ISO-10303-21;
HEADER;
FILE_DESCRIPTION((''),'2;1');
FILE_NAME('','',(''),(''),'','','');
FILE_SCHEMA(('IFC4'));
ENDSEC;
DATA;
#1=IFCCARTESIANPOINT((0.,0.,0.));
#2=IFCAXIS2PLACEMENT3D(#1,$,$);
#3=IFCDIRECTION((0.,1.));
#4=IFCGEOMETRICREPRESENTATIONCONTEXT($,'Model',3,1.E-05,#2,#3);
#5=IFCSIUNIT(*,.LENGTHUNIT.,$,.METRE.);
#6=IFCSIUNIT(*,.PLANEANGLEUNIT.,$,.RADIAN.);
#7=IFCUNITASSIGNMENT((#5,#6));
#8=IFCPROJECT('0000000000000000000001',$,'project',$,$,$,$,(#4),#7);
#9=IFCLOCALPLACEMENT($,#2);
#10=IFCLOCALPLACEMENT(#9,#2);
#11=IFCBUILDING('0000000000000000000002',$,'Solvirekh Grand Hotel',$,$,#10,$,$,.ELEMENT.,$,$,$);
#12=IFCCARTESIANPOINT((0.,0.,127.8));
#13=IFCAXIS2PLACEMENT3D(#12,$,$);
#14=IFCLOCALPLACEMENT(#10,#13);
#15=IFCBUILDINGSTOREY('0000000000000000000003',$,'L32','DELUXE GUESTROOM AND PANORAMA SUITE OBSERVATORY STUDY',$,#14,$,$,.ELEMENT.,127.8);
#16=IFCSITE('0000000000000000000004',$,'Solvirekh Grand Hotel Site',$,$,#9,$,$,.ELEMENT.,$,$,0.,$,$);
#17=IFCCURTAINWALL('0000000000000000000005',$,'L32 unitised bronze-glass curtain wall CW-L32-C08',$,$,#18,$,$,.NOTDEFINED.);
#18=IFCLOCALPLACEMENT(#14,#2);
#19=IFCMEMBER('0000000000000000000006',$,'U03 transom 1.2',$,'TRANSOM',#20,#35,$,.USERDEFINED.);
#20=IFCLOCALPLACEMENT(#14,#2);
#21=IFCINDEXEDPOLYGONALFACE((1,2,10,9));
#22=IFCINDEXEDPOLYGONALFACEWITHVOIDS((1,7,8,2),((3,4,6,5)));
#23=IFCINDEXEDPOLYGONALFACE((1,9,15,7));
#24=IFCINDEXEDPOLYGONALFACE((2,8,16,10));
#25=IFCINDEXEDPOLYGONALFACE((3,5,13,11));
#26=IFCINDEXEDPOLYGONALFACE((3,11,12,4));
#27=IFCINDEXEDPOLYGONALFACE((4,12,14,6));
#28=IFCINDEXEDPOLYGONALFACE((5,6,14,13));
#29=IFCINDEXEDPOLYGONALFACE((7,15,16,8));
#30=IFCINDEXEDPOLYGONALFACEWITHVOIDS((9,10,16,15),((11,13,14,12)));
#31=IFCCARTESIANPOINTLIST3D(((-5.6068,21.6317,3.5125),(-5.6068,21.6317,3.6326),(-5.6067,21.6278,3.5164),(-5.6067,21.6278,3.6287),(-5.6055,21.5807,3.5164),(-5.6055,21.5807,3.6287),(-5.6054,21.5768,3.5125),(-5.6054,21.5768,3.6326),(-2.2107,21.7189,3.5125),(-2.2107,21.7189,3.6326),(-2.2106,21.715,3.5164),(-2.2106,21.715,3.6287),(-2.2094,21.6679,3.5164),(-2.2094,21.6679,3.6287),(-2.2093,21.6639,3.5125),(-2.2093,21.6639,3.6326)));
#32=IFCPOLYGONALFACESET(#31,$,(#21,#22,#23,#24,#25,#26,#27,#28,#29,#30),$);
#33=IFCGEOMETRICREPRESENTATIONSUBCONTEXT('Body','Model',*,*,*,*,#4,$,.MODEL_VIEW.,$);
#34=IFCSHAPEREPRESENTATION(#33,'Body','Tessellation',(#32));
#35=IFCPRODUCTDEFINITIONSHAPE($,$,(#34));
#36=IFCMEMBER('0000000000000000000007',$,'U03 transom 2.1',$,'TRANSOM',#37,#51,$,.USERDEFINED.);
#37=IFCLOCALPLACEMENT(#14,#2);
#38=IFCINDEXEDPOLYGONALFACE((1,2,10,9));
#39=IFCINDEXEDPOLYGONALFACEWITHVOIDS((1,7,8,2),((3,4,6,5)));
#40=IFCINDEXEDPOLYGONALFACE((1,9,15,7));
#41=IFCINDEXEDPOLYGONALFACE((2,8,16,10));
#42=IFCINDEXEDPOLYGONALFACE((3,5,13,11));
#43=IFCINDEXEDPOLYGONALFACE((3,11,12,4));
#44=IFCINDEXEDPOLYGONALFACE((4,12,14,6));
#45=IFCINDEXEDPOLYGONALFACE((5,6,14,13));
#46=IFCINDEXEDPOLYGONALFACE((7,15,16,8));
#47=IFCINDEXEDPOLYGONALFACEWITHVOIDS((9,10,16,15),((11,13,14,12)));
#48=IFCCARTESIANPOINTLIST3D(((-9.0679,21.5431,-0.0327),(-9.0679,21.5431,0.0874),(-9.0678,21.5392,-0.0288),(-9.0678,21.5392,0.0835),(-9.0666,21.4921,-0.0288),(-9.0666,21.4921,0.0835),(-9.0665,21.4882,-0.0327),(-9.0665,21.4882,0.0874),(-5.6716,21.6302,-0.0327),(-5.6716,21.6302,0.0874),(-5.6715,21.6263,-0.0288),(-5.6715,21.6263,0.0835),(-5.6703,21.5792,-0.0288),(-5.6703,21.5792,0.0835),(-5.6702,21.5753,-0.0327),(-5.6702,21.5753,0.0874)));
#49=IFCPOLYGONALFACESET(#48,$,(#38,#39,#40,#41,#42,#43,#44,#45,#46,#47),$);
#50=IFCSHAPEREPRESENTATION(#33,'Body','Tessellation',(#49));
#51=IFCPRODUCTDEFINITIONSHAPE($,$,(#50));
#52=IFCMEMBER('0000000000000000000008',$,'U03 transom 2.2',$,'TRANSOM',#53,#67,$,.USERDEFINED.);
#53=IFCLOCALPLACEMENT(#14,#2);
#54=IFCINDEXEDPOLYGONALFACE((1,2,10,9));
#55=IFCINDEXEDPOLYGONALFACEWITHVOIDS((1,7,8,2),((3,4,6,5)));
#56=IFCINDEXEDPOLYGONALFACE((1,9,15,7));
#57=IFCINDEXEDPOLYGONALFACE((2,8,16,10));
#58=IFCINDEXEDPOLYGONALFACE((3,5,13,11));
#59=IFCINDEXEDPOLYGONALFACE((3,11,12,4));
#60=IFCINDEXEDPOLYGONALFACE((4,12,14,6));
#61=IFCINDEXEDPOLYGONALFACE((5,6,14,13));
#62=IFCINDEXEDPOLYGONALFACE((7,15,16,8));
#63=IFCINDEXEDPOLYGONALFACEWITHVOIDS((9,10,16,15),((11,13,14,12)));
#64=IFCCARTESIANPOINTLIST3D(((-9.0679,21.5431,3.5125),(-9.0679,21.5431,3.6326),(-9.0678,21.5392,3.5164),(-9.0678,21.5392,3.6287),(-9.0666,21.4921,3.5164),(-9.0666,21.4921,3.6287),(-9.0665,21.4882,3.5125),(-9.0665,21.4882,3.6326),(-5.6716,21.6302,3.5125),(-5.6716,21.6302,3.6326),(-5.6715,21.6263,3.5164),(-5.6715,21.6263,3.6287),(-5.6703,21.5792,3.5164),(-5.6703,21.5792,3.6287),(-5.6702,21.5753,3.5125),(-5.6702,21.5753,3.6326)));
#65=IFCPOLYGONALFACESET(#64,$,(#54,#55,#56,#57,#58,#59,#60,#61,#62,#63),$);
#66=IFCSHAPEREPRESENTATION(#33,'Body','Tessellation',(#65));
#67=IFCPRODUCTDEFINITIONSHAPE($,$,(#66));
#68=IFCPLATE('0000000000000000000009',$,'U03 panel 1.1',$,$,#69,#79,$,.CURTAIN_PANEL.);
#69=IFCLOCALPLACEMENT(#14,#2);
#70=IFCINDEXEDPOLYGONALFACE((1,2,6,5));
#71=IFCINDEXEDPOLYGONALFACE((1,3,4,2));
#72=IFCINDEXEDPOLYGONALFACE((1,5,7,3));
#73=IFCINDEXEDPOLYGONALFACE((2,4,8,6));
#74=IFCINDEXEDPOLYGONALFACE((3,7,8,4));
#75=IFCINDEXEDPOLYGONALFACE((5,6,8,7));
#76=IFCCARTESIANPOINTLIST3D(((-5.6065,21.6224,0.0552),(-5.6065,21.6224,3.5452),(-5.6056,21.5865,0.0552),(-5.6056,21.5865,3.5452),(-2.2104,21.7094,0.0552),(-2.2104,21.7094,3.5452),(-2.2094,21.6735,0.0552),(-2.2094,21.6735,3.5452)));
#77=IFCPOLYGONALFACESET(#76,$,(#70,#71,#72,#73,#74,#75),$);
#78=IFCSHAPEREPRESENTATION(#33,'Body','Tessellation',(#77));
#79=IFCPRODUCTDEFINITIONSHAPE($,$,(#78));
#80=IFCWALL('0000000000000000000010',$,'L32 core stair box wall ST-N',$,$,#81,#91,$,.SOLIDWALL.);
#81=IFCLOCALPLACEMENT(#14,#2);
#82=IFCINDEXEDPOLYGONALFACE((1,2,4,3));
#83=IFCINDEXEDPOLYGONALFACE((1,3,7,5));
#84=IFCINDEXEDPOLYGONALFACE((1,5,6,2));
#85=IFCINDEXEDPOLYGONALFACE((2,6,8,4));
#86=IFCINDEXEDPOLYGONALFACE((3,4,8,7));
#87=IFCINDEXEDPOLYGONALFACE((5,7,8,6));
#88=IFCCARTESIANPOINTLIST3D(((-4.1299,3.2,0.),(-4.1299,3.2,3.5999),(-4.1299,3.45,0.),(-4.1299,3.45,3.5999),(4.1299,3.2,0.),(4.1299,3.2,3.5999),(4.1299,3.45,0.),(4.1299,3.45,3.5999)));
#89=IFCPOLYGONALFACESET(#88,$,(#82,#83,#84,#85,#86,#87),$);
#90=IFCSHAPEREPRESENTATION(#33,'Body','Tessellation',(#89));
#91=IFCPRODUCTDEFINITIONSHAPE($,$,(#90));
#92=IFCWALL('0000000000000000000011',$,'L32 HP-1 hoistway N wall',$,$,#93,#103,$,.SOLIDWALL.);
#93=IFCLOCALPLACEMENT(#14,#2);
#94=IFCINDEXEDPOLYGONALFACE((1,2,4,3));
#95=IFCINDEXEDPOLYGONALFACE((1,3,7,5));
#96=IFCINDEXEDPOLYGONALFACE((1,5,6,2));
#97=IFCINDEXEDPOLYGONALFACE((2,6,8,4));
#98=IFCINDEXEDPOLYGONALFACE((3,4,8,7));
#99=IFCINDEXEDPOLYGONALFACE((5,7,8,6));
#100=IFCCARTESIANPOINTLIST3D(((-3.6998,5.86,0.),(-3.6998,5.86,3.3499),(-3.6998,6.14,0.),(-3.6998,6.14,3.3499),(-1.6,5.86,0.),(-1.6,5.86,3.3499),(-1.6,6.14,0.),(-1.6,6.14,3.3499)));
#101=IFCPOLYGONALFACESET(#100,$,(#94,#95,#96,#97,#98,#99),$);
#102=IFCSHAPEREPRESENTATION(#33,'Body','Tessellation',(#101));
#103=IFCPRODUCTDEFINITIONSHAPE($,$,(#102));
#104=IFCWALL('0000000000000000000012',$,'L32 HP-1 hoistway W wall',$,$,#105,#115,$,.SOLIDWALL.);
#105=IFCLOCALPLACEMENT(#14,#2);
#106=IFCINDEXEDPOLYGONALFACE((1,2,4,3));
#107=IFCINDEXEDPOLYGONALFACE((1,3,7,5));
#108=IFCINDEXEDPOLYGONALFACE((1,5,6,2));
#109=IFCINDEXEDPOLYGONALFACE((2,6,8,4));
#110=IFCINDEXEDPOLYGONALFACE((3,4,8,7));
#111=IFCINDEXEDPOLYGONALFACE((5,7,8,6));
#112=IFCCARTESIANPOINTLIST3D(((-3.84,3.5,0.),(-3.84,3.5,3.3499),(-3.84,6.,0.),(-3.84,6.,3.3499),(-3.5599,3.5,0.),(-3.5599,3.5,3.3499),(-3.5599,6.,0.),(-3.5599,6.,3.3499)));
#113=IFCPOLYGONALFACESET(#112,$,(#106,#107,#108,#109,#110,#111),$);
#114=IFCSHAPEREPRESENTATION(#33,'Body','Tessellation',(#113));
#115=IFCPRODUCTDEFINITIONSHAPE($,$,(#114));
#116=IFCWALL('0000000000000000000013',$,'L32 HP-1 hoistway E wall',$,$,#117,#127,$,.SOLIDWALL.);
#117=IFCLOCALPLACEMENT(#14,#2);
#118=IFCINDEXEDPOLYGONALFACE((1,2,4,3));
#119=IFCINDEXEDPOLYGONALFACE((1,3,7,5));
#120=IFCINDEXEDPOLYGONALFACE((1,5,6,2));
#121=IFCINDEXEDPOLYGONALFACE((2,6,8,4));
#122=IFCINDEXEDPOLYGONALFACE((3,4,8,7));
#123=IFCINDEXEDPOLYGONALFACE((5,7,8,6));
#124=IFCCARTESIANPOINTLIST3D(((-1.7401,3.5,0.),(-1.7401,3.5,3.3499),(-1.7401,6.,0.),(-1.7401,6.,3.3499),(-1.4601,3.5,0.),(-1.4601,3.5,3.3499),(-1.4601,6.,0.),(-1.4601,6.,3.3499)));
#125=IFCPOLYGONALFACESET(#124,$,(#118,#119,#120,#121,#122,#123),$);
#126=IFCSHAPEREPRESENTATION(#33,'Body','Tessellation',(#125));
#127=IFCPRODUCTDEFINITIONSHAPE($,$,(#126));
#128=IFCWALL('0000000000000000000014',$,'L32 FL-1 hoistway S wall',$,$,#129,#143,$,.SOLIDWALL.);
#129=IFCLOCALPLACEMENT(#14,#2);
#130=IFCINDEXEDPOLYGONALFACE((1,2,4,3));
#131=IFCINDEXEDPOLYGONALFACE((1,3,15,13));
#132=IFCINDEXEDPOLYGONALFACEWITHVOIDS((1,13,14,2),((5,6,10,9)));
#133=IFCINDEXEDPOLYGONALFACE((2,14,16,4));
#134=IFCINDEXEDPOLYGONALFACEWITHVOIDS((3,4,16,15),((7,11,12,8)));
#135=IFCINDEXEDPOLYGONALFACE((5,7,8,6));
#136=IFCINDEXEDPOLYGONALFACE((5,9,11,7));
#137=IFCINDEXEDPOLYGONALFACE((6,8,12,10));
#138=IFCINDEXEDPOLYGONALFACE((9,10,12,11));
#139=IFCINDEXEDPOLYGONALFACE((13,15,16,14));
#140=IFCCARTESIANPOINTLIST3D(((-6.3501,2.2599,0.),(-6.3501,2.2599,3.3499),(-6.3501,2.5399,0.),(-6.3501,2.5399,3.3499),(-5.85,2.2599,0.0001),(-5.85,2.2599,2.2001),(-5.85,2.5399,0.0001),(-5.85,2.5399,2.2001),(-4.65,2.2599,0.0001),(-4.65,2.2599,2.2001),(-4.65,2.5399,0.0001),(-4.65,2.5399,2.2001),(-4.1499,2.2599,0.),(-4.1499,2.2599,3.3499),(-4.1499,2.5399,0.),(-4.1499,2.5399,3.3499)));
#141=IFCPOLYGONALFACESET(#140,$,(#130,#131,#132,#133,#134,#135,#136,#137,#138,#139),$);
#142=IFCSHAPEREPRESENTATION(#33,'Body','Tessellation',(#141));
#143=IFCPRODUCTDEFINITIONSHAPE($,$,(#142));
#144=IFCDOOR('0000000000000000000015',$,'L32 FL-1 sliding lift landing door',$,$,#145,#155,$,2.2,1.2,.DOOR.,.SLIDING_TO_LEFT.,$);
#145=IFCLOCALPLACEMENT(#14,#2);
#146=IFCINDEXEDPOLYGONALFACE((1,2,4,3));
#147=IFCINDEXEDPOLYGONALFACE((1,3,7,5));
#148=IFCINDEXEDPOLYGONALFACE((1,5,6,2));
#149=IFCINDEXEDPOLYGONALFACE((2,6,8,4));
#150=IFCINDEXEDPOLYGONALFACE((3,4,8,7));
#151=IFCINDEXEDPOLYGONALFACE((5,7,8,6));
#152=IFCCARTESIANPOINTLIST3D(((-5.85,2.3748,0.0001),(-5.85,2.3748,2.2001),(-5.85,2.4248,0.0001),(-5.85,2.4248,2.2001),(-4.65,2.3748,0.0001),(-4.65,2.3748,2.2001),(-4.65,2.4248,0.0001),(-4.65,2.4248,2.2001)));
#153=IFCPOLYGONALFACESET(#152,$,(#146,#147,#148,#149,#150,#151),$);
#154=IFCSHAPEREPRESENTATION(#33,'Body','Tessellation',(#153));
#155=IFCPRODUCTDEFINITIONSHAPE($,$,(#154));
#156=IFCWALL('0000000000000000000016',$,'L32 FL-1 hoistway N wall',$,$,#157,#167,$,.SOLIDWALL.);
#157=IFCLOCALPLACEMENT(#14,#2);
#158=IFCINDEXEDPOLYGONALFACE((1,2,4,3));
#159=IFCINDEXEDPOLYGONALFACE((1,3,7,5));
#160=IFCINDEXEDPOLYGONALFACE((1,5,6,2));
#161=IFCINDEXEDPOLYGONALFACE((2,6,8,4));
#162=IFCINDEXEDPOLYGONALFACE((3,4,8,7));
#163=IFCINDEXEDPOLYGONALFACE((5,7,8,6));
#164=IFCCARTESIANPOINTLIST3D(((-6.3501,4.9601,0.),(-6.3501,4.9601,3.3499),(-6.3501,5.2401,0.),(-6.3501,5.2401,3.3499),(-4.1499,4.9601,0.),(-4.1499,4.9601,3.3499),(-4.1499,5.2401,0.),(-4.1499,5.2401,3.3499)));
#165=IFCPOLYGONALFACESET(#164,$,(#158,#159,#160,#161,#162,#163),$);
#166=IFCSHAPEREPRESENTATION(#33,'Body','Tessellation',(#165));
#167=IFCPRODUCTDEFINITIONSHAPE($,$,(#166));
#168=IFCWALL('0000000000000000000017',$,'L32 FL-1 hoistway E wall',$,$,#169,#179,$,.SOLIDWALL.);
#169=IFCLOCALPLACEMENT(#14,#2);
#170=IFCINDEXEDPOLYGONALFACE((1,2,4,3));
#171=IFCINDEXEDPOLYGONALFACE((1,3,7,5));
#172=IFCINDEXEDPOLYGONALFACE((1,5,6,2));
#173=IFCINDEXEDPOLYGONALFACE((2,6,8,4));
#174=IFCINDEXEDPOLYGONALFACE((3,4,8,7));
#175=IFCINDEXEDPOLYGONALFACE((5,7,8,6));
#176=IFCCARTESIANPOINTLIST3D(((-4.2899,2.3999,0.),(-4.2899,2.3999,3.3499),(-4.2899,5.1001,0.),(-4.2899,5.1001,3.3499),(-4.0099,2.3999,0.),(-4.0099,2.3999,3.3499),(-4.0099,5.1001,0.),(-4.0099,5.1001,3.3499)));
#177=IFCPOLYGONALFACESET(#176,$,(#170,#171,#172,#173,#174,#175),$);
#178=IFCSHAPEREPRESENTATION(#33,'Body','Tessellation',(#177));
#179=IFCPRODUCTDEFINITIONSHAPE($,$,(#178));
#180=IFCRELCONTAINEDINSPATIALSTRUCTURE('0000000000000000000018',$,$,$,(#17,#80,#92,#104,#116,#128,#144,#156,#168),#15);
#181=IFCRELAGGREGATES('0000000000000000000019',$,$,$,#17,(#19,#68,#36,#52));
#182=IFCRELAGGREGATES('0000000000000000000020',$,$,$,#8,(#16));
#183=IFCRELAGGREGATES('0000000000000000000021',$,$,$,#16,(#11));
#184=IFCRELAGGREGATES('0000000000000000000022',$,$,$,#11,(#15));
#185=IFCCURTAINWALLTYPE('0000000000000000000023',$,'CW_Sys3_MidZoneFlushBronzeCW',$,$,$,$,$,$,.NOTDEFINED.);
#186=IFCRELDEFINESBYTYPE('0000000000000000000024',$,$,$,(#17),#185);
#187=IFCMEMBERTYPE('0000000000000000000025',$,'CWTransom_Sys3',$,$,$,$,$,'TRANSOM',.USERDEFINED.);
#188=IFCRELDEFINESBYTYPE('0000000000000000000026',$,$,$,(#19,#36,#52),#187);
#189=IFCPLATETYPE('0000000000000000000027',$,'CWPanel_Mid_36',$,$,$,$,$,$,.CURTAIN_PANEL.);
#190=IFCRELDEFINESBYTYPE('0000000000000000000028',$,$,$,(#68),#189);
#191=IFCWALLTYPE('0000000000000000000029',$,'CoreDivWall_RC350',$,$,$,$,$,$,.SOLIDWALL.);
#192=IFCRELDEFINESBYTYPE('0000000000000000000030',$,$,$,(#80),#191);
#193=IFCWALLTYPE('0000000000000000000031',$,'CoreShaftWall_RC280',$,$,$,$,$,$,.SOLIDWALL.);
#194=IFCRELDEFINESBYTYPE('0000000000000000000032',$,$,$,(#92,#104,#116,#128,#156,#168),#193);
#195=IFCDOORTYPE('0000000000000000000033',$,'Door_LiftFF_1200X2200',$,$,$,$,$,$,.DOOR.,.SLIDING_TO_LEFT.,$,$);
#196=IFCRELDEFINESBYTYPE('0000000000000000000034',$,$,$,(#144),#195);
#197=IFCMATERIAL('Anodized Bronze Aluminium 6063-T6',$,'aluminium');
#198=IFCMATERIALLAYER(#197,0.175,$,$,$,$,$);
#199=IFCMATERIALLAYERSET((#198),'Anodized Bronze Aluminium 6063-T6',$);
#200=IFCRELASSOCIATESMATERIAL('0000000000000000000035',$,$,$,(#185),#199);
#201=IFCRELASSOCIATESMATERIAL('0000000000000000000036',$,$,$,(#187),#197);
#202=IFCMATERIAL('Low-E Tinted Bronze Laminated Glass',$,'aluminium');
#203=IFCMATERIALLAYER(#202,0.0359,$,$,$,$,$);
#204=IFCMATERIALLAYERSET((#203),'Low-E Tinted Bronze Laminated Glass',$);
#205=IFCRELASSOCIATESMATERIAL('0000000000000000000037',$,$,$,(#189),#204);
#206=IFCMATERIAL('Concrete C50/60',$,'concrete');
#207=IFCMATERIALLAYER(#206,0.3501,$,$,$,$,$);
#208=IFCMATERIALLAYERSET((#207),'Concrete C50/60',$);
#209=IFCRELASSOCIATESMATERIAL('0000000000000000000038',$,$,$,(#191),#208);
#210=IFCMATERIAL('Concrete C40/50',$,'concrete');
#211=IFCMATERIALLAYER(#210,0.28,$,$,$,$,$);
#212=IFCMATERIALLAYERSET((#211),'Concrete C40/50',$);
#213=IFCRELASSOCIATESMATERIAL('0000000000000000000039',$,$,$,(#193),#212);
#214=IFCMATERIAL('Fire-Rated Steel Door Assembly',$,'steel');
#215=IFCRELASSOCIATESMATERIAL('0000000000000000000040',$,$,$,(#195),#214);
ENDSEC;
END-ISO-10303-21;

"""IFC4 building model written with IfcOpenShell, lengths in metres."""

from ifc_helpers import new_model, si_unit, direction, frame, frame_2d, origin, origin_2d, place, context, subcontext, project, spatial, rectangle, hollow_rectangle, extrude, source, transform, mapped, material, layer, layer_set, material_profile, profile_set, type_object, element, fill, aggregate, save


model = new_model("IFC4")

# Units and contexts
model_context = context("Model", 3, precision=1e-05, world=origin(), true_north=direction((0.0, 1.0)))
body_context = subcontext(model_context, "Body", "Model", "MODEL_VIEW")
ifc_project = project(units=[si_unit("LENGTHUNIT", "METRE"), si_unit("PLANEANGLEUNIT", "RADIAN")], contexts=[model_context])

# Site, building, storey
site_placement = place(None, origin())
site = spatial("IfcSite", under=ifc_project, at=site_placement, Name="Solvirekh Grand Hotel Site", CompositionType="ELEMENT", RefElevation=0.0)
building_placement = place(site_placement, origin())
building = spatial("IfcBuilding", under=site, at=building_placement, Name="Solvirekh Grand Hotel", CompositionType="ELEMENT")
storey_placement = place(building_placement, frame((0.0, 0.0, 127.8)))
storey = spatial("IfcBuildingStorey", under=building, at=storey_placement, Name="L32", Description="DELUXE GUESTROOM AND PANORAMA SUITE OBSERVATORY STUDY", CompositionType="ELEMENT", Elevation=127.8)

# Shared definitions
ifc_material_1 = material(Name="Concrete C50/60", Category="concrete")

# Curtain wall, members, plate
ifc_material_2 = material(Name="Anodized Bronze Aluminium 6063-T6", Category="aluminium")
ifc_layer_1 = layer(ifc_material_2, 0.175)
ifc_layer_set_1 = layer_set([ifc_layer_1], Name="Anodized Bronze Aluminium 6063-T6")
curtain_wall_type = type_object("IfcCurtainWallType", Name="CW_Sys3_MidZoneFlushBronzeCW", PredefinedType="NOTDEFINED", material=ifc_layer_set_1)
curtain_wall_placement = place(storey_placement, origin())
curtain_wall = element("IfcCurtainWall", 1, at=curtain_wall_placement, inside=storey, type_object=curtain_wall_type, Name="L32 unitised bronze-glass curtain wall CW-L32-C08", PredefinedType="NOTDEFINED")
ifc_material_profile_1 = material_profile(ifc_material_2, hollow_rectangle(XDim=0.0549, YDim=0.1201, WallThickness=0.0039, at=origin_2d()), Name="ALU RHS 120X55X4")
ifc_profile_set_1 = profile_set([ifc_material_profile_1], Name="Anodized Bronze Aluminium 6063-T6")
member_type_1 = type_object("IfcMemberType", Name="CWTransom_Sys3", ElementType="TRANSOM", PredefinedType="USERDEFINED", material=ifc_profile_set_1)
shared_shape_1 = source(origin(), body_context, "Body", "SweptSolid", [
    extrude(hollow_rectangle(XDim=0.0549, YDim=0.1201, WallThickness=0.0039, at=origin_2d()), origin(), (0.0, 0.0, 1.0), 3.3972),
])
member_1_placement = place(storey_placement, frame((-2.21, 21.6914, 3.5725), z_axis=(-0.999671, -0.025657, 0.0), x_axis=(0.025657, -0.999671, 0.0)))
member_1 = element("IfcMember", 2, at=member_1_placement, type_object=member_type_1, Name="U03 transom 1.2", ObjectType="TRANSOM", PredefinedType="USERDEFINED", context=body_context, shape_type="MappedRepresentation", body=[
    mapped(shared_shape_1, transform((0.0, 0.0, 0.0), x_axis=(1.0, 0.0, 0.0), y_axis=(0.0, 1.0, 0.0), z_axis=(0.0, 0.0, 1.0), scale=1.0)),
])
shared_shape_2 = source(origin(), body_context, "Body", "SweptSolid", [
    extrude(hollow_rectangle(XDim=0.0549, YDim=0.1201, WallThickness=0.0039, at=origin_2d()), origin(), (0.0, 0.0, 1.0), 3.3975),
])
member_2_placement = place(storey_placement, frame((-5.6709, 21.6028, 0.0273), z_axis=(-0.999671, -0.025655, 0.0), x_axis=(0.025655, -0.999671, 0.0)))
member_2 = element("IfcMember", 3, at=member_2_placement, type_object=member_type_1, Name="U03 transom 2.1", ObjectType="TRANSOM", PredefinedType="USERDEFINED", context=body_context, shape_type="MappedRepresentation", body=[
    mapped(shared_shape_2, transform((0.0, 0.0, 0.0), x_axis=(1.0, 0.0, 0.0), y_axis=(0.0, 1.0, 0.0), z_axis=(0.0, 0.0, 1.0), scale=1.0)),
])
member_3_placement = place(storey_placement, frame((-5.6709, 21.6028, 3.5725), z_axis=(-0.999671, -0.025655, 0.0), x_axis=(0.025655, -0.999671, 0.0)))
member_3 = element("IfcMember", 4, at=member_3_placement, type_object=member_type_1, Name="U03 transom 2.2", ObjectType="TRANSOM", PredefinedType="USERDEFINED", context=body_context, shape_type="MappedRepresentation", body=[
    mapped(shared_shape_2, transform((0.0, 0.0, 0.0), x_axis=(1.0, 0.0, 0.0), y_axis=(0.0, 1.0, 0.0), z_axis=(0.0, 0.0, 1.0), scale=1.0)),
])
ifc_material_3 = material(Name="Low-E Tinted Bronze Laminated Glass", Category="aluminium")
ifc_layer_2 = layer(ifc_material_3, 0.0359)
ifc_layer_set_2 = layer_set([ifc_layer_2], Name="Low-E Tinted Bronze Laminated Glass")
plate_type = type_object("IfcPlateType", Name="CWPanel_Mid_36", PredefinedType="CURTAIN_PANEL", material=ifc_layer_set_2)
shared_shape_3 = source(origin(), body_context, "Body", "SweptSolid", [
    extrude(rectangle(XDim=3.3972, YDim=0.0359, at=origin_2d()), origin(), (0.0, 0.0, 1.0), 3.49),
])
plate_placement = place(storey_placement, frame((-3.908, 21.6479, 0.0552), z_axis=(0.0, 0.0, 1.0), x_axis=(-0.999672, -0.025611, 0.0)))
plate = element("IfcPlate", 5, at=plate_placement, type_object=plate_type, Name="U03 panel 1.1", PredefinedType="CURTAIN_PANEL", context=body_context, shape_type="MappedRepresentation", body=[
    mapped(shared_shape_3, transform((0.0, 0.0, 0.0), x_axis=(1.0, 0.0, 0.0), y_axis=(0.0, 1.0, 0.0), z_axis=(0.0, 0.0, 1.0), scale=1.0)),
])
aggregate(curtain_wall, [member_1, plate, member_2, member_3])

# Walls
ifc_layer_3 = layer(ifc_material_1, 0.3501)
ifc_layer_set_3 = layer_set([ifc_layer_3], Name="Concrete C50/60")
wall_type_1 = type_object("IfcWallType", Name="CoreDivWall_RC350", PredefinedType="SOLIDWALL", material=ifc_layer_set_3)
wall_1_placement = place(storey_placement, frame((-4.1299, 3.325, 0.0), z_axis=(0.0, 0.0, 1.0), x_axis=(1.0, 0.0, 0.0)))
element("IfcWall", 6, at=wall_1_placement, inside=storey, type_object=wall_type_1, Name="L32 core stair box wall ST-N", PredefinedType="SOLIDWALL", context=body_context, shape_type="SweptSolid", body=[
    extrude(rectangle(XDim=8.2598, YDim=0.25, at=frame_2d((4.1299, 0.0))), origin(), (0.0, 0.0, 1.0), 3.5999),
])
ifc_material_4 = material(Name="Concrete C40/50", Category="concrete")
ifc_layer_4 = layer(ifc_material_4, 0.28)
ifc_layer_set_4 = layer_set([ifc_layer_4], Name="Concrete C40/50")
wall_type_2 = type_object("IfcWallType", Name="CoreShaftWall_RC280", PredefinedType="SOLIDWALL", material=ifc_layer_set_4)
wall_2_placement = place(storey_placement, frame((-1.6001, 6.0, 0.0), z_axis=(0.0, 0.0, 1.0), x_axis=(-1.0, 0.0, 0.0)))
element("IfcWall", 7, at=wall_2_placement, inside=storey, type_object=wall_type_2, Name="L32 HP-1 hoistway N wall", PredefinedType="SOLIDWALL", context=body_context, shape_type="SweptSolid", body=[
    extrude(rectangle(XDim=2.0999, YDim=0.28, at=frame_2d((1.0498, 0.0))), origin(), (0.0, 0.0, 1.0), 3.3499),
])
for number, where, z_axis, x_axis, name in (
    (8, (-3.7, 6.0, 0.0), (0.0, 0.0, 1.0), (0.0, -1.0, 0.0), "L32 HP-1 hoistway W wall"),
    (9, (-1.6001, 3.5, 0.0), (0.0, 0.0, 1.0), (0.0, 1.0, 0.0), "L32 HP-1 hoistway E wall"),
):
    element("IfcWall", number, at=place(storey_placement, frame(where, z_axis=z_axis, x_axis=x_axis)), inside=storey, type_object=wall_type_2, Name=name, PredefinedType="SOLIDWALL", context=body_context, shape_type="SweptSolid", body=[
        extrude(rectangle(XDim=2.5, YDim=0.28, at=frame_2d((1.25, 0.0))), origin(), (0.0, 0.0, 1.0), 3.3499),
    ])

# Wall, opening, door
wall_3_placement = place(storey_placement, frame((-6.3501, 2.3999, 0.0), z_axis=(0.0, 0.0, 1.0), x_axis=(1.0, 0.0, 0.0)))
wall_3 = element("IfcWall", 10, at=wall_3_placement, inside=storey, type_object=wall_type_2, Name="L32 FL-1 hoistway S wall", PredefinedType="SOLIDWALL", context=body_context, shape_type="SweptSolid", body=[
    extrude(rectangle(XDim=2.2002, YDim=0.28, at=frame_2d((1.1001, 0.0))), origin(), (0.0, 0.0, 1.0), 3.3499),
])
opening_1_placement = place(wall_3_placement, frame((0.5, 0.0, 0.0)))
opening_1 = element("IfcOpeningElement", 11, at=opening_1_placement, cuts=wall_3, PredefinedType="OPENING", context=body_context, shape_type="SweptSolid", body=[
    extrude(rectangle(XDim=1.2, YDim=2.2, at=frame_2d((0.6001, 1.1001))), frame((0.0, 0.1499, 0.0), z_axis=(0.0, -1.0, 0.0), x_axis=(1.0, 0.0, 0.0)), (0.0, 0.0, 1.0), 0.3),
])
ifc_material_5 = material(Name="Fire-Rated Steel Door Assembly", Category="steel")
door_type_1 = type_object("IfcDoorType", Name="Door_LiftFF_1200X2200", OperationType="SLIDING_TO_LEFT", PredefinedType="DOOR", material=ifc_material_5)
door_1_placement = place(opening_1_placement, origin())
door_1 = element("IfcDoor", 12, at=door_1_placement, inside=storey, type_object=door_type_1, Name="L32 FL-1 sliding lift landing door", OperationType="SLIDING_TO_LEFT", OverallHeight=2.2, OverallWidth=1.2, PredefinedType="DOOR", context=body_context, shape_type="SweptSolid", body=[
    extrude(rectangle(XDim=1.2, YDim=2.2, at=frame_2d((0.6001, 1.1001))), frame((0.0, 0.0249, 0.0), z_axis=(0.0, -1.0, 0.0), x_axis=(1.0, 0.0, 0.0)), (0.0, 0.0, 1.0), 0.05),
])
fill(opening_1, door_1)

# Walls
wall_4_placement = place(storey_placement, frame((-4.1499, 5.1001, 0.0), z_axis=(0.0, 0.0, 1.0), x_axis=(-1.0, 0.0, 0.0)))
element("IfcWall", 13, at=wall_4_placement, inside=storey, type_object=wall_type_2, Name="L32 FL-1 hoistway N wall", PredefinedType="SOLIDWALL", context=body_context, shape_type="SweptSolid", body=[
    extrude(rectangle(XDim=2.2002, YDim=0.28, at=frame_2d((1.1001, 0.0))), origin(), (0.0, 0.0, 1.0), 3.3499),
])
wall_5_placement = place(storey_placement, frame((-4.1499, 2.3999, 0.0), z_axis=(0.0, 0.0, 1.0), x_axis=(0.0, 1.0, 0.0)))
element("IfcWall", 14, at=wall_5_placement, inside=storey, type_object=wall_type_2, Name="L32 FL-1 hoistway E wall", PredefinedType="SOLIDWALL", context=body_context, shape_type="SweptSolid", body=[
    extrude(rectangle(XDim=2.7002, YDim=0.28, at=frame_2d((1.3501, 0.0))), origin(), (0.0, 0.0, 1.0), 3.3499),
])

save(model, "model.ifc")
